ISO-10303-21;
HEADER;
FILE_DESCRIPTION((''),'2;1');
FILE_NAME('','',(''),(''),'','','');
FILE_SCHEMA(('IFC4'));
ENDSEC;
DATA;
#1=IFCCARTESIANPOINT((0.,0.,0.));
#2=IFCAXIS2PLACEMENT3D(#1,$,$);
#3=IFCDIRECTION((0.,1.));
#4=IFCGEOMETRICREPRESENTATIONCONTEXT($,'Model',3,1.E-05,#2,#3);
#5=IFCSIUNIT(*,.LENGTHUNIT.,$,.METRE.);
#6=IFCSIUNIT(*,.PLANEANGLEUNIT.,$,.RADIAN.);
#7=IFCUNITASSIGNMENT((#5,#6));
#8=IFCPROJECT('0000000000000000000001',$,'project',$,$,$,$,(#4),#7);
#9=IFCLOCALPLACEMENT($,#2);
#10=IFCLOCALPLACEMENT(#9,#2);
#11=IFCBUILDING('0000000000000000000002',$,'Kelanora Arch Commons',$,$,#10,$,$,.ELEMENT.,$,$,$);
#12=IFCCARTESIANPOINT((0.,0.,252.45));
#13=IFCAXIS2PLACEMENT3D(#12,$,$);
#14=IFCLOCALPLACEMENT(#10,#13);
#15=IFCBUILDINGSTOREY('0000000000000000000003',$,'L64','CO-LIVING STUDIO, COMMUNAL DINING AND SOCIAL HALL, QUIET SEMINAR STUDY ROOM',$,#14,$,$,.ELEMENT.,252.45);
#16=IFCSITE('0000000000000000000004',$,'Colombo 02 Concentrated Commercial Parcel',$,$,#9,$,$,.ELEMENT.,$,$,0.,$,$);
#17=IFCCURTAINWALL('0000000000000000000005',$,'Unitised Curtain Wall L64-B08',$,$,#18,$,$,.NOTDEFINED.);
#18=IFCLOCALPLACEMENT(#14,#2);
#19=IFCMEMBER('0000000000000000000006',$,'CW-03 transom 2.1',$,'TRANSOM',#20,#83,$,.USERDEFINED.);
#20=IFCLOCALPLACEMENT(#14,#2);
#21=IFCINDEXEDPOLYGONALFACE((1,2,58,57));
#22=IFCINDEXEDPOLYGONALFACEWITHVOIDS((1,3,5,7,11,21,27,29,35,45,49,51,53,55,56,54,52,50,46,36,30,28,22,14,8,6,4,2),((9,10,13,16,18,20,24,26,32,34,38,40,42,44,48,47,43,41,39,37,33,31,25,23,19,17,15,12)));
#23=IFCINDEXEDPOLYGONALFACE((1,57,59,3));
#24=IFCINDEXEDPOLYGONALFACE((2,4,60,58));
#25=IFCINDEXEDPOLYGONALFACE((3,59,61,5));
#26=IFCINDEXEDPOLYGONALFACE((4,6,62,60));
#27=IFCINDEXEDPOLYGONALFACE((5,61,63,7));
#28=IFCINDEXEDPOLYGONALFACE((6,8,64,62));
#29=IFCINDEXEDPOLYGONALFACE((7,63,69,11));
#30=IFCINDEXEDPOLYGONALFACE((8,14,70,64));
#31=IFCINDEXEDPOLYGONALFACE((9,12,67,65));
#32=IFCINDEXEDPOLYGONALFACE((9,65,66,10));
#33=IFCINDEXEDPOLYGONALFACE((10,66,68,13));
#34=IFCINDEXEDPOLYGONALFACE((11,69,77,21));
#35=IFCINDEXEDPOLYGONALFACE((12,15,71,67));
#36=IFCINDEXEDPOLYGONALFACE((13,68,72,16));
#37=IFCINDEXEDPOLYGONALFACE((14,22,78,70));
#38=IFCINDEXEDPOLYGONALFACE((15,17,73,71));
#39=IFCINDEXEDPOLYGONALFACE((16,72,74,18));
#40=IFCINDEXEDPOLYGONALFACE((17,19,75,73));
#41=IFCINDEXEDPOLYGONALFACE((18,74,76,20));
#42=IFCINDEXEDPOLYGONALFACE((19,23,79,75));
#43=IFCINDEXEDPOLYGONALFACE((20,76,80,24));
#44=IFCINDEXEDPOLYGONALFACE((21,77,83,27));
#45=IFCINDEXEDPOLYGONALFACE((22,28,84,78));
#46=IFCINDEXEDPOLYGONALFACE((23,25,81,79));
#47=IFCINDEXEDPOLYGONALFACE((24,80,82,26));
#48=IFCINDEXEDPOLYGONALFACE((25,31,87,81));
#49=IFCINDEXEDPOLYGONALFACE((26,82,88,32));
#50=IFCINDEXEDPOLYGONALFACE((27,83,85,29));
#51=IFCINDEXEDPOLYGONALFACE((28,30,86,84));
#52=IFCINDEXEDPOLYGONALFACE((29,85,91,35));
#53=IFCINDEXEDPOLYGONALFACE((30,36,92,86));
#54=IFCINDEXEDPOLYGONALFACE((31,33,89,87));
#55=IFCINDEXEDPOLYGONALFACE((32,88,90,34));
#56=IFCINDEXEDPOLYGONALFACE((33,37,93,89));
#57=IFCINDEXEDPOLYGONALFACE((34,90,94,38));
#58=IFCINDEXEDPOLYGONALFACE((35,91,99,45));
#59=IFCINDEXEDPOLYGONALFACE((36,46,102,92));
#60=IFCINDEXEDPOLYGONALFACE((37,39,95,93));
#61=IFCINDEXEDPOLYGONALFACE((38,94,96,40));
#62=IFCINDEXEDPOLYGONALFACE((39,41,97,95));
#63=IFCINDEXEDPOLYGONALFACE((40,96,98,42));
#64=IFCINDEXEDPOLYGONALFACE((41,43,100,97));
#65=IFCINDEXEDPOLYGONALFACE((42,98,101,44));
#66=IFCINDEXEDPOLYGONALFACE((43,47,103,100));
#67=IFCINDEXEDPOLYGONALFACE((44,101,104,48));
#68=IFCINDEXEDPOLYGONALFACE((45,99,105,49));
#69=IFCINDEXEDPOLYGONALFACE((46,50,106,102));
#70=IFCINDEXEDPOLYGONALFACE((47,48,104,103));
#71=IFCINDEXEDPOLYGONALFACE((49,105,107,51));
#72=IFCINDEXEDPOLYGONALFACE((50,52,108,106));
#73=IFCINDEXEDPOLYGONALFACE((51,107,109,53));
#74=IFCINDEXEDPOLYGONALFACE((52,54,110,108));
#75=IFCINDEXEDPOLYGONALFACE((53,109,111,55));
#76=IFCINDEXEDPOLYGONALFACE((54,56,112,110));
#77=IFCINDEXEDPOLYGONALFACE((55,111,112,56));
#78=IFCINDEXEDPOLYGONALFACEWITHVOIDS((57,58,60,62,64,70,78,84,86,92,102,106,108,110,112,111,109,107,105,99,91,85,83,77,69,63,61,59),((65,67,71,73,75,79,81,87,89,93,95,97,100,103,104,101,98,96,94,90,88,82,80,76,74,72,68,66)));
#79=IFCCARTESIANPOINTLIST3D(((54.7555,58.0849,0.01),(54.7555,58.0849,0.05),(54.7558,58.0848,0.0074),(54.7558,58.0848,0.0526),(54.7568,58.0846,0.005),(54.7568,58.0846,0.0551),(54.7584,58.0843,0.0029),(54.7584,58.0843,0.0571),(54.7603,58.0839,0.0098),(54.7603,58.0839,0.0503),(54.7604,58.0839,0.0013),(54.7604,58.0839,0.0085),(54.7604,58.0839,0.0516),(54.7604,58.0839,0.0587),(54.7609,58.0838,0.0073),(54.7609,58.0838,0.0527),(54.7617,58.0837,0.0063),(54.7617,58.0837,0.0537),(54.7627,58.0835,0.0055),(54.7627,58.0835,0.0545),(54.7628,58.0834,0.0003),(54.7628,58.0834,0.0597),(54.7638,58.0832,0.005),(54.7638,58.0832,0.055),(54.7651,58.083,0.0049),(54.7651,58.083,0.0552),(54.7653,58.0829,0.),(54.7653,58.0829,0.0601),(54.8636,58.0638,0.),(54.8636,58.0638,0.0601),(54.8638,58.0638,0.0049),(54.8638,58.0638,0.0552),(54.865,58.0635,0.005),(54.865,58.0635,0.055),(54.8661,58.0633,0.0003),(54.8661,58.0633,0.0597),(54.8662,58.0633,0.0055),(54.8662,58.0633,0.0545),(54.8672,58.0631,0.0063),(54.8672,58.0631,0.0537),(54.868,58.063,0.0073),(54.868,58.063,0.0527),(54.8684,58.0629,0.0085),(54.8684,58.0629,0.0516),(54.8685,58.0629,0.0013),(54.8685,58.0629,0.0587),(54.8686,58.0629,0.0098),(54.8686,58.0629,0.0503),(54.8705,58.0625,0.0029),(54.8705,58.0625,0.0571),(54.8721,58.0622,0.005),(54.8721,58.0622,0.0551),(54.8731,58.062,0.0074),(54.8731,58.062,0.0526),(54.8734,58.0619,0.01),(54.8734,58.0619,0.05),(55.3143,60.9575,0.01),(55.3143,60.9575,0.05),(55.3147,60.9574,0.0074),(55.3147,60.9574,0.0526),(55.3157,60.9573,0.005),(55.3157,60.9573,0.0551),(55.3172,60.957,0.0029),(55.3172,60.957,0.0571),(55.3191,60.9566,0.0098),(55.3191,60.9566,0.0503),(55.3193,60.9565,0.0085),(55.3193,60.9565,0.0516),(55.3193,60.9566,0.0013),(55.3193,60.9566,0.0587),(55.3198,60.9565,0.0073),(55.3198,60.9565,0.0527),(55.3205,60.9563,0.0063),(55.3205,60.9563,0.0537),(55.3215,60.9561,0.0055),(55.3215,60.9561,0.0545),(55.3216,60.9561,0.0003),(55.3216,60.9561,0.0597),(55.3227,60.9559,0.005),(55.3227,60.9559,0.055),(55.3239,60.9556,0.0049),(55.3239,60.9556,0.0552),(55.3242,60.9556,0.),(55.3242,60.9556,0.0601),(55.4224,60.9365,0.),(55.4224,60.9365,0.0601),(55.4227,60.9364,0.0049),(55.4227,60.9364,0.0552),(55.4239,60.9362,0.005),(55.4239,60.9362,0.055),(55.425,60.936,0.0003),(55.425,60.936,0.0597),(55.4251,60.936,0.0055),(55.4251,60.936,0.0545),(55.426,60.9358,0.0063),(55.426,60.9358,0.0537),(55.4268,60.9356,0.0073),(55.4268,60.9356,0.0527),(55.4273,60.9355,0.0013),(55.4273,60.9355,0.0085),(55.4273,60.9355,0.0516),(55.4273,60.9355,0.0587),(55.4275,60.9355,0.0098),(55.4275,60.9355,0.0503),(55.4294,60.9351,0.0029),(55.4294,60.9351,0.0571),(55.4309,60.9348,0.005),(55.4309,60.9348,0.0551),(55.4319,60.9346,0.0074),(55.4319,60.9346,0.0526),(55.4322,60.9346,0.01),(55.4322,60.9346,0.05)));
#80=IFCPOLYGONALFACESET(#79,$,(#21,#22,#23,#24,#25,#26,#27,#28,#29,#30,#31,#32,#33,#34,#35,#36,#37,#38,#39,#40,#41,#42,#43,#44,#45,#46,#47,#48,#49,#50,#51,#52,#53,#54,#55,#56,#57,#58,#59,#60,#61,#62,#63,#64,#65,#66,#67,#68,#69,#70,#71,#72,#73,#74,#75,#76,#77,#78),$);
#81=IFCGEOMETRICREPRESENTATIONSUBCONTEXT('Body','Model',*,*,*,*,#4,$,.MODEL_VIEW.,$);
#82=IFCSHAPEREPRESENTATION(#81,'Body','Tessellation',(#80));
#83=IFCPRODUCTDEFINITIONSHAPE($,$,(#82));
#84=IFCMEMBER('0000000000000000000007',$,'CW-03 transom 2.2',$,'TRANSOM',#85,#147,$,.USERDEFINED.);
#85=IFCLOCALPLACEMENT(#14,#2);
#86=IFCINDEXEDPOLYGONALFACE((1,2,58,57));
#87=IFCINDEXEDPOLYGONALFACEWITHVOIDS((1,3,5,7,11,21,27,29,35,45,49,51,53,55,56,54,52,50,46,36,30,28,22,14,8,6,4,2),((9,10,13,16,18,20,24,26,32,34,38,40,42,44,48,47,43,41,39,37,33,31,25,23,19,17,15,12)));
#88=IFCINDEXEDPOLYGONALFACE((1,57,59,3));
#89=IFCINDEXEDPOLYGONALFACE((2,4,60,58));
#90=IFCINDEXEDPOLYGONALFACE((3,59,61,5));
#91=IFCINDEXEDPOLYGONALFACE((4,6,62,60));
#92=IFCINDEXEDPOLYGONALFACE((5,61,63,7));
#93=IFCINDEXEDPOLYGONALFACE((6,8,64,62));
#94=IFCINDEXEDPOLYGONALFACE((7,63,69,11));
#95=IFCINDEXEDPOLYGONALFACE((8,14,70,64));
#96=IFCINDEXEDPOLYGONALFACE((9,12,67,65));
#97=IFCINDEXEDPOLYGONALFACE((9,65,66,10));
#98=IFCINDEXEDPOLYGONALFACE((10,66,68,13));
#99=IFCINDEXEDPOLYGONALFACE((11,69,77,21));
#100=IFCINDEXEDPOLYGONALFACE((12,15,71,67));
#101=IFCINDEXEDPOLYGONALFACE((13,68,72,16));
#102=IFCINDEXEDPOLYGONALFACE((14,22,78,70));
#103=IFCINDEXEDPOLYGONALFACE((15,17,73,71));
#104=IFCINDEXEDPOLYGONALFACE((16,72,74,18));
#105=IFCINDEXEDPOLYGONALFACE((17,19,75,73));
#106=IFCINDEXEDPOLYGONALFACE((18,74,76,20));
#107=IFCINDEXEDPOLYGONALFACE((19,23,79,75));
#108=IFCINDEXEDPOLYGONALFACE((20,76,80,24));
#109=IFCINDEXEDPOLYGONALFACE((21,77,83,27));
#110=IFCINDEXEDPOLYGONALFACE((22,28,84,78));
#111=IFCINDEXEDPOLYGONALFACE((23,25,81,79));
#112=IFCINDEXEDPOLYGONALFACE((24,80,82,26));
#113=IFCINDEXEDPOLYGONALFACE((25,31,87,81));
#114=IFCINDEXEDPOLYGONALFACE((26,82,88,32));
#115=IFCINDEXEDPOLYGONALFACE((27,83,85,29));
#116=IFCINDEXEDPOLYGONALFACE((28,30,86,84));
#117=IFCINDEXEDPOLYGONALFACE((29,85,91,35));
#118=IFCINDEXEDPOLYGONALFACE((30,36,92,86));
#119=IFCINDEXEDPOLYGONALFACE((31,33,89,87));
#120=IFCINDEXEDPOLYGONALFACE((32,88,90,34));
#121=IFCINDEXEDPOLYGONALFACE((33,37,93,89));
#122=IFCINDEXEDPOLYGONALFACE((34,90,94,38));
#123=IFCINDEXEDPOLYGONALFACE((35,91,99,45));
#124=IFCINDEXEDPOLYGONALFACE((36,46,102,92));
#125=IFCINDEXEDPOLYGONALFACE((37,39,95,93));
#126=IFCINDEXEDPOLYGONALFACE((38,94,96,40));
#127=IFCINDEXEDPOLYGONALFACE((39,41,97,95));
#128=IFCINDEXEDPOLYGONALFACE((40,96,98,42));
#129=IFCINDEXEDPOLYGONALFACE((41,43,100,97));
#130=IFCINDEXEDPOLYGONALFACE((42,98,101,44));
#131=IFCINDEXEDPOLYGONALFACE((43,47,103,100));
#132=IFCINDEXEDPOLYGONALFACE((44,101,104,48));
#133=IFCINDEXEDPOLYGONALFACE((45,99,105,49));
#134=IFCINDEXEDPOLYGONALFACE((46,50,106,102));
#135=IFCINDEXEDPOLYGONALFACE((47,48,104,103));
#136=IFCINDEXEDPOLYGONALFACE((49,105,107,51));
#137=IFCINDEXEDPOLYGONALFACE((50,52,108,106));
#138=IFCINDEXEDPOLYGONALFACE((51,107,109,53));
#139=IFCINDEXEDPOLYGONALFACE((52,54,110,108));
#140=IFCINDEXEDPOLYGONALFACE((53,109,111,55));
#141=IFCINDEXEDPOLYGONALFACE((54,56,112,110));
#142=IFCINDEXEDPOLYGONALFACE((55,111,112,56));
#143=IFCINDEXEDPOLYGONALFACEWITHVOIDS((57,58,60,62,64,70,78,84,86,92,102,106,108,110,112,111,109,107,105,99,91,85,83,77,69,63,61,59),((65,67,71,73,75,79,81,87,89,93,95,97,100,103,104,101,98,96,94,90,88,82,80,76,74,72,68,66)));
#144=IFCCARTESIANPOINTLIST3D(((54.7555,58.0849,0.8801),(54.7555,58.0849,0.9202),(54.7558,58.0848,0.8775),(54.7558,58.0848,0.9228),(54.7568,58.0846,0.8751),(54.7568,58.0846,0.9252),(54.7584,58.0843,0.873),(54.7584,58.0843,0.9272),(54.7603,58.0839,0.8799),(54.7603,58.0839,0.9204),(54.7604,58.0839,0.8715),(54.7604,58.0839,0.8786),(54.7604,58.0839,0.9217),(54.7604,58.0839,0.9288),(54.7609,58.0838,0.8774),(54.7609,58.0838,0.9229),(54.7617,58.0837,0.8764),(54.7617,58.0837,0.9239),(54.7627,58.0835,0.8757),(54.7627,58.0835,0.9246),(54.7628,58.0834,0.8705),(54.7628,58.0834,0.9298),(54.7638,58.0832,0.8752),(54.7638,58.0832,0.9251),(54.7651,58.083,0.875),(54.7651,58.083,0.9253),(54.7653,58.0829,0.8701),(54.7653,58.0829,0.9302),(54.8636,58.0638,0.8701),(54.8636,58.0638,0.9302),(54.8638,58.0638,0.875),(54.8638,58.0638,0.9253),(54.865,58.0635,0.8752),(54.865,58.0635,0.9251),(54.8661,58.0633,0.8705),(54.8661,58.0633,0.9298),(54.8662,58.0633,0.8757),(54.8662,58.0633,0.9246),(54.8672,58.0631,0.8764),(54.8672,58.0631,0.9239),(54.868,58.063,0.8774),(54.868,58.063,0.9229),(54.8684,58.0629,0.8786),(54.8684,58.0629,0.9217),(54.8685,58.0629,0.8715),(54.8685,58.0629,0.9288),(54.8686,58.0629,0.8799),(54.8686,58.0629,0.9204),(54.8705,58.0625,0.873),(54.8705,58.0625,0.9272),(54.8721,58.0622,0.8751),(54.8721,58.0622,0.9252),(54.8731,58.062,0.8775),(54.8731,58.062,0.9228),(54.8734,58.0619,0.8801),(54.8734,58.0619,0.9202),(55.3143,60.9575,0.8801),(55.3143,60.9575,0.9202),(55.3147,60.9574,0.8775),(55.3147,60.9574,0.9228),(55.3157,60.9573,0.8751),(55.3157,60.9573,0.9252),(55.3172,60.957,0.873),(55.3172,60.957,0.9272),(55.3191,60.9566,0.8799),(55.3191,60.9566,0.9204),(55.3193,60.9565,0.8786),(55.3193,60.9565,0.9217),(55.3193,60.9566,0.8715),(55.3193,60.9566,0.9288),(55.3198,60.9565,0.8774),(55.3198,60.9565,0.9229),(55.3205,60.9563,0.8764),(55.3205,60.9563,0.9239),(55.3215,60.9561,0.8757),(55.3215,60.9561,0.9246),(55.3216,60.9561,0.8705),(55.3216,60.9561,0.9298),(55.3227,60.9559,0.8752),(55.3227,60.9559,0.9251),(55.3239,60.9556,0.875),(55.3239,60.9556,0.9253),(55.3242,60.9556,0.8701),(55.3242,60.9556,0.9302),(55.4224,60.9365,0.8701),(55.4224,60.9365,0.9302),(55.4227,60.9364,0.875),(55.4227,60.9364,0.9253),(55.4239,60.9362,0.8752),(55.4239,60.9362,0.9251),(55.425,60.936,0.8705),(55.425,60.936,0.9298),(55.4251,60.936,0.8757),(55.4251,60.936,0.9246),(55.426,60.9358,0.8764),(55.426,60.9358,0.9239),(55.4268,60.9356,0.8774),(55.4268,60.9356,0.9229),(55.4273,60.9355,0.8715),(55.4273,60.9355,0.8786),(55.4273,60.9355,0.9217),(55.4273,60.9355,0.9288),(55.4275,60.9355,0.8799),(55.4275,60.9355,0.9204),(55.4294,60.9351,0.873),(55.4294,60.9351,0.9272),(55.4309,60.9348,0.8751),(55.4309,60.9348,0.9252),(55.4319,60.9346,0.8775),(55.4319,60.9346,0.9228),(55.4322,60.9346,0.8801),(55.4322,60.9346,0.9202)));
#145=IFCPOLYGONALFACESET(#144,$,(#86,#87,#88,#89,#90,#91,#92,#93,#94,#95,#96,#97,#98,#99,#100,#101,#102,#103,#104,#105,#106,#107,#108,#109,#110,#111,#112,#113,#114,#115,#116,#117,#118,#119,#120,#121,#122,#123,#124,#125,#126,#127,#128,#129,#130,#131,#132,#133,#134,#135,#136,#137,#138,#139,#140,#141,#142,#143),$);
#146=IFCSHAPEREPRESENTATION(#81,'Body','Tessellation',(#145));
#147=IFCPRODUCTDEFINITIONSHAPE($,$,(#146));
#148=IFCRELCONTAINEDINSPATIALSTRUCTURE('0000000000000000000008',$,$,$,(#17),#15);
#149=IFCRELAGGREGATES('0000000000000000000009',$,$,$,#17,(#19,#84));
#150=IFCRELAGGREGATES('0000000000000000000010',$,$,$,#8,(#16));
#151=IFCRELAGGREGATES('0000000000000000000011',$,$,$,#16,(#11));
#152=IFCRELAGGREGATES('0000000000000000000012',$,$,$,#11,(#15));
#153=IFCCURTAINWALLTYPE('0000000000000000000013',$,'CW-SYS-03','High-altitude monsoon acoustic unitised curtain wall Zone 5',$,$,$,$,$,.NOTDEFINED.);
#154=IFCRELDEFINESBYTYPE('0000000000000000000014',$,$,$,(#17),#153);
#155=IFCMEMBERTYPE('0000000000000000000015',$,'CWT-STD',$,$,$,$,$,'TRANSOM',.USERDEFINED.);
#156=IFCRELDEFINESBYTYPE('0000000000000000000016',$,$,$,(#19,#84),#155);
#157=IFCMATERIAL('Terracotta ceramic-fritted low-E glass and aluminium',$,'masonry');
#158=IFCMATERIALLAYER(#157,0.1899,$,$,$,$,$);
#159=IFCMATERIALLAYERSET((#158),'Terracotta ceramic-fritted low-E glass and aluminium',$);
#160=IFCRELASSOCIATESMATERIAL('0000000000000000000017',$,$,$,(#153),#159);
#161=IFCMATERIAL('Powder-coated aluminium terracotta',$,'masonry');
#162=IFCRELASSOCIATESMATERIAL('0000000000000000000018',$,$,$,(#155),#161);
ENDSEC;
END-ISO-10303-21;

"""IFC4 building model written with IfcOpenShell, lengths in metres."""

from ifc_helpers import new_model, si_unit, direction, frame, origin, origin_2d, place, context, subcontext, project, spatial, hollow_rectangle, extrude, material, layer, layer_set, material_profile, profile_set, type_object, element, aggregate, save


model = new_model("IFC4")

# Units and contexts
model_context = context("Model", 3, precision=1e-05, world=origin(), true_north=direction((0.0, 1.0)))
body_context = subcontext(model_context, "Body", "Model", "MODEL_VIEW")
ifc_project = project(units=[si_unit("LENGTHUNIT", "METRE"), si_unit("PLANEANGLEUNIT", "RADIAN")], contexts=[model_context])

# Site, building, storey
site_placement = place(None, origin())
site = spatial("IfcSite", under=ifc_project, at=site_placement, Name="Colombo 02 Concentrated Commercial Parcel", CompositionType="ELEMENT", RefElevation=0.0)
building_placement = place(site_placement, origin())
building = spatial("IfcBuilding", under=site, at=building_placement, Name="Kelanora Arch Commons", CompositionType="ELEMENT")
storey_placement = place(building_placement, frame((0.0, 0.0, 252.45)))
storey = spatial("IfcBuildingStorey", under=building, at=storey_placement, Name="L64", Description="CO-LIVING STUDIO, COMMUNAL DINING AND SOCIAL HALL, QUIET SEMINAR STUDY ROOM", CompositionType="ELEMENT", Elevation=252.45)

# Curtain wall, members
ifc_material_1 = material(Name="Terracotta ceramic-fritted low-E glass and aluminium", Category="masonry")
ifc_layer_1 = layer(ifc_material_1, 0.1899)
ifc_layer_set_1 = layer_set([ifc_layer_1], Name="Terracotta ceramic-fritted low-E glass and aluminium")
curtain_wall_type = type_object("IfcCurtainWallType", Name="CW-SYS-03", Description="High-altitude monsoon acoustic unitised curtain wall Zone 5", PredefinedType="NOTDEFINED", material=ifc_layer_set_1)
curtain_wall_placement = place(storey_placement, origin())
curtain_wall = element("IfcCurtainWall", 1, at=curtain_wall_placement, inside=storey, type_object=curtain_wall_type, Name="Unitised Curtain Wall L64-B08", PredefinedType="NOTDEFINED")
ifc_material_2 = material(Name="Powder-coated aluminium terracotta", Category="masonry")
ifc_material_profile_1 = material_profile(ifc_material_2, hollow_rectangle(XDim=0.1201, YDim=0.0601, WallThickness=0.0049, InnerFilletRadius=0.0049, OuterFilletRadius=0.01, at=origin_2d()), Name="CWT120x60")
ifc_profile_set_1 = profile_set([ifc_material_profile_1], Name="Powder-coated aluminium terracotta")
member_type_1 = type_object("IfcMemberType", Name="CWT-STD", ElementType="TRANSOM", PredefinedType="USERDEFINED", material=ifc_profile_set_1)
member_1_placement = place(storey_placement, frame((55.3733, 60.946, 0.03), z_axis=(-0.190963, -0.981597, 0.0), x_axis=(0.981597, -0.190963, 0.0)))
member_1 = element("IfcMember", 2, at=member_1_placement, type_object=member_type_1, Name="CW-03 transom 2.1", ObjectType="TRANSOM", PredefinedType="USERDEFINED", context=body_context, shape_type="SweptSolid", body=[
    extrude(hollow_rectangle(XDim=0.1201, YDim=0.0601, WallThickness=0.0049, InnerFilletRadius=0.0049, OuterFilletRadius=0.01, at=origin_2d()), origin(), (0.0, 0.0, 1.0), 2.9265),
])
member_2_placement = place(storey_placement, frame((55.3733, 60.946, 0.9001), z_axis=(-0.190963, -0.981597, 0.0), x_axis=(0.981597, -0.190963, 0.0)))
member_2 = element("IfcMember", 3, at=member_2_placement, type_object=member_type_1, Name="CW-03 transom 2.2", ObjectType="TRANSOM", PredefinedType="USERDEFINED", context=body_context, shape_type="SweptSolid", body=[
    extrude(hollow_rectangle(XDim=0.1201, YDim=0.0601, WallThickness=0.0049, InnerFilletRadius=0.0049, OuterFilletRadius=0.01, at=origin_2d()), origin(), (0.0, 0.0, 1.0), 2.9265),
])
aggregate(curtain_wall, [member_1, member_2])

save(model, "model.ifc")
